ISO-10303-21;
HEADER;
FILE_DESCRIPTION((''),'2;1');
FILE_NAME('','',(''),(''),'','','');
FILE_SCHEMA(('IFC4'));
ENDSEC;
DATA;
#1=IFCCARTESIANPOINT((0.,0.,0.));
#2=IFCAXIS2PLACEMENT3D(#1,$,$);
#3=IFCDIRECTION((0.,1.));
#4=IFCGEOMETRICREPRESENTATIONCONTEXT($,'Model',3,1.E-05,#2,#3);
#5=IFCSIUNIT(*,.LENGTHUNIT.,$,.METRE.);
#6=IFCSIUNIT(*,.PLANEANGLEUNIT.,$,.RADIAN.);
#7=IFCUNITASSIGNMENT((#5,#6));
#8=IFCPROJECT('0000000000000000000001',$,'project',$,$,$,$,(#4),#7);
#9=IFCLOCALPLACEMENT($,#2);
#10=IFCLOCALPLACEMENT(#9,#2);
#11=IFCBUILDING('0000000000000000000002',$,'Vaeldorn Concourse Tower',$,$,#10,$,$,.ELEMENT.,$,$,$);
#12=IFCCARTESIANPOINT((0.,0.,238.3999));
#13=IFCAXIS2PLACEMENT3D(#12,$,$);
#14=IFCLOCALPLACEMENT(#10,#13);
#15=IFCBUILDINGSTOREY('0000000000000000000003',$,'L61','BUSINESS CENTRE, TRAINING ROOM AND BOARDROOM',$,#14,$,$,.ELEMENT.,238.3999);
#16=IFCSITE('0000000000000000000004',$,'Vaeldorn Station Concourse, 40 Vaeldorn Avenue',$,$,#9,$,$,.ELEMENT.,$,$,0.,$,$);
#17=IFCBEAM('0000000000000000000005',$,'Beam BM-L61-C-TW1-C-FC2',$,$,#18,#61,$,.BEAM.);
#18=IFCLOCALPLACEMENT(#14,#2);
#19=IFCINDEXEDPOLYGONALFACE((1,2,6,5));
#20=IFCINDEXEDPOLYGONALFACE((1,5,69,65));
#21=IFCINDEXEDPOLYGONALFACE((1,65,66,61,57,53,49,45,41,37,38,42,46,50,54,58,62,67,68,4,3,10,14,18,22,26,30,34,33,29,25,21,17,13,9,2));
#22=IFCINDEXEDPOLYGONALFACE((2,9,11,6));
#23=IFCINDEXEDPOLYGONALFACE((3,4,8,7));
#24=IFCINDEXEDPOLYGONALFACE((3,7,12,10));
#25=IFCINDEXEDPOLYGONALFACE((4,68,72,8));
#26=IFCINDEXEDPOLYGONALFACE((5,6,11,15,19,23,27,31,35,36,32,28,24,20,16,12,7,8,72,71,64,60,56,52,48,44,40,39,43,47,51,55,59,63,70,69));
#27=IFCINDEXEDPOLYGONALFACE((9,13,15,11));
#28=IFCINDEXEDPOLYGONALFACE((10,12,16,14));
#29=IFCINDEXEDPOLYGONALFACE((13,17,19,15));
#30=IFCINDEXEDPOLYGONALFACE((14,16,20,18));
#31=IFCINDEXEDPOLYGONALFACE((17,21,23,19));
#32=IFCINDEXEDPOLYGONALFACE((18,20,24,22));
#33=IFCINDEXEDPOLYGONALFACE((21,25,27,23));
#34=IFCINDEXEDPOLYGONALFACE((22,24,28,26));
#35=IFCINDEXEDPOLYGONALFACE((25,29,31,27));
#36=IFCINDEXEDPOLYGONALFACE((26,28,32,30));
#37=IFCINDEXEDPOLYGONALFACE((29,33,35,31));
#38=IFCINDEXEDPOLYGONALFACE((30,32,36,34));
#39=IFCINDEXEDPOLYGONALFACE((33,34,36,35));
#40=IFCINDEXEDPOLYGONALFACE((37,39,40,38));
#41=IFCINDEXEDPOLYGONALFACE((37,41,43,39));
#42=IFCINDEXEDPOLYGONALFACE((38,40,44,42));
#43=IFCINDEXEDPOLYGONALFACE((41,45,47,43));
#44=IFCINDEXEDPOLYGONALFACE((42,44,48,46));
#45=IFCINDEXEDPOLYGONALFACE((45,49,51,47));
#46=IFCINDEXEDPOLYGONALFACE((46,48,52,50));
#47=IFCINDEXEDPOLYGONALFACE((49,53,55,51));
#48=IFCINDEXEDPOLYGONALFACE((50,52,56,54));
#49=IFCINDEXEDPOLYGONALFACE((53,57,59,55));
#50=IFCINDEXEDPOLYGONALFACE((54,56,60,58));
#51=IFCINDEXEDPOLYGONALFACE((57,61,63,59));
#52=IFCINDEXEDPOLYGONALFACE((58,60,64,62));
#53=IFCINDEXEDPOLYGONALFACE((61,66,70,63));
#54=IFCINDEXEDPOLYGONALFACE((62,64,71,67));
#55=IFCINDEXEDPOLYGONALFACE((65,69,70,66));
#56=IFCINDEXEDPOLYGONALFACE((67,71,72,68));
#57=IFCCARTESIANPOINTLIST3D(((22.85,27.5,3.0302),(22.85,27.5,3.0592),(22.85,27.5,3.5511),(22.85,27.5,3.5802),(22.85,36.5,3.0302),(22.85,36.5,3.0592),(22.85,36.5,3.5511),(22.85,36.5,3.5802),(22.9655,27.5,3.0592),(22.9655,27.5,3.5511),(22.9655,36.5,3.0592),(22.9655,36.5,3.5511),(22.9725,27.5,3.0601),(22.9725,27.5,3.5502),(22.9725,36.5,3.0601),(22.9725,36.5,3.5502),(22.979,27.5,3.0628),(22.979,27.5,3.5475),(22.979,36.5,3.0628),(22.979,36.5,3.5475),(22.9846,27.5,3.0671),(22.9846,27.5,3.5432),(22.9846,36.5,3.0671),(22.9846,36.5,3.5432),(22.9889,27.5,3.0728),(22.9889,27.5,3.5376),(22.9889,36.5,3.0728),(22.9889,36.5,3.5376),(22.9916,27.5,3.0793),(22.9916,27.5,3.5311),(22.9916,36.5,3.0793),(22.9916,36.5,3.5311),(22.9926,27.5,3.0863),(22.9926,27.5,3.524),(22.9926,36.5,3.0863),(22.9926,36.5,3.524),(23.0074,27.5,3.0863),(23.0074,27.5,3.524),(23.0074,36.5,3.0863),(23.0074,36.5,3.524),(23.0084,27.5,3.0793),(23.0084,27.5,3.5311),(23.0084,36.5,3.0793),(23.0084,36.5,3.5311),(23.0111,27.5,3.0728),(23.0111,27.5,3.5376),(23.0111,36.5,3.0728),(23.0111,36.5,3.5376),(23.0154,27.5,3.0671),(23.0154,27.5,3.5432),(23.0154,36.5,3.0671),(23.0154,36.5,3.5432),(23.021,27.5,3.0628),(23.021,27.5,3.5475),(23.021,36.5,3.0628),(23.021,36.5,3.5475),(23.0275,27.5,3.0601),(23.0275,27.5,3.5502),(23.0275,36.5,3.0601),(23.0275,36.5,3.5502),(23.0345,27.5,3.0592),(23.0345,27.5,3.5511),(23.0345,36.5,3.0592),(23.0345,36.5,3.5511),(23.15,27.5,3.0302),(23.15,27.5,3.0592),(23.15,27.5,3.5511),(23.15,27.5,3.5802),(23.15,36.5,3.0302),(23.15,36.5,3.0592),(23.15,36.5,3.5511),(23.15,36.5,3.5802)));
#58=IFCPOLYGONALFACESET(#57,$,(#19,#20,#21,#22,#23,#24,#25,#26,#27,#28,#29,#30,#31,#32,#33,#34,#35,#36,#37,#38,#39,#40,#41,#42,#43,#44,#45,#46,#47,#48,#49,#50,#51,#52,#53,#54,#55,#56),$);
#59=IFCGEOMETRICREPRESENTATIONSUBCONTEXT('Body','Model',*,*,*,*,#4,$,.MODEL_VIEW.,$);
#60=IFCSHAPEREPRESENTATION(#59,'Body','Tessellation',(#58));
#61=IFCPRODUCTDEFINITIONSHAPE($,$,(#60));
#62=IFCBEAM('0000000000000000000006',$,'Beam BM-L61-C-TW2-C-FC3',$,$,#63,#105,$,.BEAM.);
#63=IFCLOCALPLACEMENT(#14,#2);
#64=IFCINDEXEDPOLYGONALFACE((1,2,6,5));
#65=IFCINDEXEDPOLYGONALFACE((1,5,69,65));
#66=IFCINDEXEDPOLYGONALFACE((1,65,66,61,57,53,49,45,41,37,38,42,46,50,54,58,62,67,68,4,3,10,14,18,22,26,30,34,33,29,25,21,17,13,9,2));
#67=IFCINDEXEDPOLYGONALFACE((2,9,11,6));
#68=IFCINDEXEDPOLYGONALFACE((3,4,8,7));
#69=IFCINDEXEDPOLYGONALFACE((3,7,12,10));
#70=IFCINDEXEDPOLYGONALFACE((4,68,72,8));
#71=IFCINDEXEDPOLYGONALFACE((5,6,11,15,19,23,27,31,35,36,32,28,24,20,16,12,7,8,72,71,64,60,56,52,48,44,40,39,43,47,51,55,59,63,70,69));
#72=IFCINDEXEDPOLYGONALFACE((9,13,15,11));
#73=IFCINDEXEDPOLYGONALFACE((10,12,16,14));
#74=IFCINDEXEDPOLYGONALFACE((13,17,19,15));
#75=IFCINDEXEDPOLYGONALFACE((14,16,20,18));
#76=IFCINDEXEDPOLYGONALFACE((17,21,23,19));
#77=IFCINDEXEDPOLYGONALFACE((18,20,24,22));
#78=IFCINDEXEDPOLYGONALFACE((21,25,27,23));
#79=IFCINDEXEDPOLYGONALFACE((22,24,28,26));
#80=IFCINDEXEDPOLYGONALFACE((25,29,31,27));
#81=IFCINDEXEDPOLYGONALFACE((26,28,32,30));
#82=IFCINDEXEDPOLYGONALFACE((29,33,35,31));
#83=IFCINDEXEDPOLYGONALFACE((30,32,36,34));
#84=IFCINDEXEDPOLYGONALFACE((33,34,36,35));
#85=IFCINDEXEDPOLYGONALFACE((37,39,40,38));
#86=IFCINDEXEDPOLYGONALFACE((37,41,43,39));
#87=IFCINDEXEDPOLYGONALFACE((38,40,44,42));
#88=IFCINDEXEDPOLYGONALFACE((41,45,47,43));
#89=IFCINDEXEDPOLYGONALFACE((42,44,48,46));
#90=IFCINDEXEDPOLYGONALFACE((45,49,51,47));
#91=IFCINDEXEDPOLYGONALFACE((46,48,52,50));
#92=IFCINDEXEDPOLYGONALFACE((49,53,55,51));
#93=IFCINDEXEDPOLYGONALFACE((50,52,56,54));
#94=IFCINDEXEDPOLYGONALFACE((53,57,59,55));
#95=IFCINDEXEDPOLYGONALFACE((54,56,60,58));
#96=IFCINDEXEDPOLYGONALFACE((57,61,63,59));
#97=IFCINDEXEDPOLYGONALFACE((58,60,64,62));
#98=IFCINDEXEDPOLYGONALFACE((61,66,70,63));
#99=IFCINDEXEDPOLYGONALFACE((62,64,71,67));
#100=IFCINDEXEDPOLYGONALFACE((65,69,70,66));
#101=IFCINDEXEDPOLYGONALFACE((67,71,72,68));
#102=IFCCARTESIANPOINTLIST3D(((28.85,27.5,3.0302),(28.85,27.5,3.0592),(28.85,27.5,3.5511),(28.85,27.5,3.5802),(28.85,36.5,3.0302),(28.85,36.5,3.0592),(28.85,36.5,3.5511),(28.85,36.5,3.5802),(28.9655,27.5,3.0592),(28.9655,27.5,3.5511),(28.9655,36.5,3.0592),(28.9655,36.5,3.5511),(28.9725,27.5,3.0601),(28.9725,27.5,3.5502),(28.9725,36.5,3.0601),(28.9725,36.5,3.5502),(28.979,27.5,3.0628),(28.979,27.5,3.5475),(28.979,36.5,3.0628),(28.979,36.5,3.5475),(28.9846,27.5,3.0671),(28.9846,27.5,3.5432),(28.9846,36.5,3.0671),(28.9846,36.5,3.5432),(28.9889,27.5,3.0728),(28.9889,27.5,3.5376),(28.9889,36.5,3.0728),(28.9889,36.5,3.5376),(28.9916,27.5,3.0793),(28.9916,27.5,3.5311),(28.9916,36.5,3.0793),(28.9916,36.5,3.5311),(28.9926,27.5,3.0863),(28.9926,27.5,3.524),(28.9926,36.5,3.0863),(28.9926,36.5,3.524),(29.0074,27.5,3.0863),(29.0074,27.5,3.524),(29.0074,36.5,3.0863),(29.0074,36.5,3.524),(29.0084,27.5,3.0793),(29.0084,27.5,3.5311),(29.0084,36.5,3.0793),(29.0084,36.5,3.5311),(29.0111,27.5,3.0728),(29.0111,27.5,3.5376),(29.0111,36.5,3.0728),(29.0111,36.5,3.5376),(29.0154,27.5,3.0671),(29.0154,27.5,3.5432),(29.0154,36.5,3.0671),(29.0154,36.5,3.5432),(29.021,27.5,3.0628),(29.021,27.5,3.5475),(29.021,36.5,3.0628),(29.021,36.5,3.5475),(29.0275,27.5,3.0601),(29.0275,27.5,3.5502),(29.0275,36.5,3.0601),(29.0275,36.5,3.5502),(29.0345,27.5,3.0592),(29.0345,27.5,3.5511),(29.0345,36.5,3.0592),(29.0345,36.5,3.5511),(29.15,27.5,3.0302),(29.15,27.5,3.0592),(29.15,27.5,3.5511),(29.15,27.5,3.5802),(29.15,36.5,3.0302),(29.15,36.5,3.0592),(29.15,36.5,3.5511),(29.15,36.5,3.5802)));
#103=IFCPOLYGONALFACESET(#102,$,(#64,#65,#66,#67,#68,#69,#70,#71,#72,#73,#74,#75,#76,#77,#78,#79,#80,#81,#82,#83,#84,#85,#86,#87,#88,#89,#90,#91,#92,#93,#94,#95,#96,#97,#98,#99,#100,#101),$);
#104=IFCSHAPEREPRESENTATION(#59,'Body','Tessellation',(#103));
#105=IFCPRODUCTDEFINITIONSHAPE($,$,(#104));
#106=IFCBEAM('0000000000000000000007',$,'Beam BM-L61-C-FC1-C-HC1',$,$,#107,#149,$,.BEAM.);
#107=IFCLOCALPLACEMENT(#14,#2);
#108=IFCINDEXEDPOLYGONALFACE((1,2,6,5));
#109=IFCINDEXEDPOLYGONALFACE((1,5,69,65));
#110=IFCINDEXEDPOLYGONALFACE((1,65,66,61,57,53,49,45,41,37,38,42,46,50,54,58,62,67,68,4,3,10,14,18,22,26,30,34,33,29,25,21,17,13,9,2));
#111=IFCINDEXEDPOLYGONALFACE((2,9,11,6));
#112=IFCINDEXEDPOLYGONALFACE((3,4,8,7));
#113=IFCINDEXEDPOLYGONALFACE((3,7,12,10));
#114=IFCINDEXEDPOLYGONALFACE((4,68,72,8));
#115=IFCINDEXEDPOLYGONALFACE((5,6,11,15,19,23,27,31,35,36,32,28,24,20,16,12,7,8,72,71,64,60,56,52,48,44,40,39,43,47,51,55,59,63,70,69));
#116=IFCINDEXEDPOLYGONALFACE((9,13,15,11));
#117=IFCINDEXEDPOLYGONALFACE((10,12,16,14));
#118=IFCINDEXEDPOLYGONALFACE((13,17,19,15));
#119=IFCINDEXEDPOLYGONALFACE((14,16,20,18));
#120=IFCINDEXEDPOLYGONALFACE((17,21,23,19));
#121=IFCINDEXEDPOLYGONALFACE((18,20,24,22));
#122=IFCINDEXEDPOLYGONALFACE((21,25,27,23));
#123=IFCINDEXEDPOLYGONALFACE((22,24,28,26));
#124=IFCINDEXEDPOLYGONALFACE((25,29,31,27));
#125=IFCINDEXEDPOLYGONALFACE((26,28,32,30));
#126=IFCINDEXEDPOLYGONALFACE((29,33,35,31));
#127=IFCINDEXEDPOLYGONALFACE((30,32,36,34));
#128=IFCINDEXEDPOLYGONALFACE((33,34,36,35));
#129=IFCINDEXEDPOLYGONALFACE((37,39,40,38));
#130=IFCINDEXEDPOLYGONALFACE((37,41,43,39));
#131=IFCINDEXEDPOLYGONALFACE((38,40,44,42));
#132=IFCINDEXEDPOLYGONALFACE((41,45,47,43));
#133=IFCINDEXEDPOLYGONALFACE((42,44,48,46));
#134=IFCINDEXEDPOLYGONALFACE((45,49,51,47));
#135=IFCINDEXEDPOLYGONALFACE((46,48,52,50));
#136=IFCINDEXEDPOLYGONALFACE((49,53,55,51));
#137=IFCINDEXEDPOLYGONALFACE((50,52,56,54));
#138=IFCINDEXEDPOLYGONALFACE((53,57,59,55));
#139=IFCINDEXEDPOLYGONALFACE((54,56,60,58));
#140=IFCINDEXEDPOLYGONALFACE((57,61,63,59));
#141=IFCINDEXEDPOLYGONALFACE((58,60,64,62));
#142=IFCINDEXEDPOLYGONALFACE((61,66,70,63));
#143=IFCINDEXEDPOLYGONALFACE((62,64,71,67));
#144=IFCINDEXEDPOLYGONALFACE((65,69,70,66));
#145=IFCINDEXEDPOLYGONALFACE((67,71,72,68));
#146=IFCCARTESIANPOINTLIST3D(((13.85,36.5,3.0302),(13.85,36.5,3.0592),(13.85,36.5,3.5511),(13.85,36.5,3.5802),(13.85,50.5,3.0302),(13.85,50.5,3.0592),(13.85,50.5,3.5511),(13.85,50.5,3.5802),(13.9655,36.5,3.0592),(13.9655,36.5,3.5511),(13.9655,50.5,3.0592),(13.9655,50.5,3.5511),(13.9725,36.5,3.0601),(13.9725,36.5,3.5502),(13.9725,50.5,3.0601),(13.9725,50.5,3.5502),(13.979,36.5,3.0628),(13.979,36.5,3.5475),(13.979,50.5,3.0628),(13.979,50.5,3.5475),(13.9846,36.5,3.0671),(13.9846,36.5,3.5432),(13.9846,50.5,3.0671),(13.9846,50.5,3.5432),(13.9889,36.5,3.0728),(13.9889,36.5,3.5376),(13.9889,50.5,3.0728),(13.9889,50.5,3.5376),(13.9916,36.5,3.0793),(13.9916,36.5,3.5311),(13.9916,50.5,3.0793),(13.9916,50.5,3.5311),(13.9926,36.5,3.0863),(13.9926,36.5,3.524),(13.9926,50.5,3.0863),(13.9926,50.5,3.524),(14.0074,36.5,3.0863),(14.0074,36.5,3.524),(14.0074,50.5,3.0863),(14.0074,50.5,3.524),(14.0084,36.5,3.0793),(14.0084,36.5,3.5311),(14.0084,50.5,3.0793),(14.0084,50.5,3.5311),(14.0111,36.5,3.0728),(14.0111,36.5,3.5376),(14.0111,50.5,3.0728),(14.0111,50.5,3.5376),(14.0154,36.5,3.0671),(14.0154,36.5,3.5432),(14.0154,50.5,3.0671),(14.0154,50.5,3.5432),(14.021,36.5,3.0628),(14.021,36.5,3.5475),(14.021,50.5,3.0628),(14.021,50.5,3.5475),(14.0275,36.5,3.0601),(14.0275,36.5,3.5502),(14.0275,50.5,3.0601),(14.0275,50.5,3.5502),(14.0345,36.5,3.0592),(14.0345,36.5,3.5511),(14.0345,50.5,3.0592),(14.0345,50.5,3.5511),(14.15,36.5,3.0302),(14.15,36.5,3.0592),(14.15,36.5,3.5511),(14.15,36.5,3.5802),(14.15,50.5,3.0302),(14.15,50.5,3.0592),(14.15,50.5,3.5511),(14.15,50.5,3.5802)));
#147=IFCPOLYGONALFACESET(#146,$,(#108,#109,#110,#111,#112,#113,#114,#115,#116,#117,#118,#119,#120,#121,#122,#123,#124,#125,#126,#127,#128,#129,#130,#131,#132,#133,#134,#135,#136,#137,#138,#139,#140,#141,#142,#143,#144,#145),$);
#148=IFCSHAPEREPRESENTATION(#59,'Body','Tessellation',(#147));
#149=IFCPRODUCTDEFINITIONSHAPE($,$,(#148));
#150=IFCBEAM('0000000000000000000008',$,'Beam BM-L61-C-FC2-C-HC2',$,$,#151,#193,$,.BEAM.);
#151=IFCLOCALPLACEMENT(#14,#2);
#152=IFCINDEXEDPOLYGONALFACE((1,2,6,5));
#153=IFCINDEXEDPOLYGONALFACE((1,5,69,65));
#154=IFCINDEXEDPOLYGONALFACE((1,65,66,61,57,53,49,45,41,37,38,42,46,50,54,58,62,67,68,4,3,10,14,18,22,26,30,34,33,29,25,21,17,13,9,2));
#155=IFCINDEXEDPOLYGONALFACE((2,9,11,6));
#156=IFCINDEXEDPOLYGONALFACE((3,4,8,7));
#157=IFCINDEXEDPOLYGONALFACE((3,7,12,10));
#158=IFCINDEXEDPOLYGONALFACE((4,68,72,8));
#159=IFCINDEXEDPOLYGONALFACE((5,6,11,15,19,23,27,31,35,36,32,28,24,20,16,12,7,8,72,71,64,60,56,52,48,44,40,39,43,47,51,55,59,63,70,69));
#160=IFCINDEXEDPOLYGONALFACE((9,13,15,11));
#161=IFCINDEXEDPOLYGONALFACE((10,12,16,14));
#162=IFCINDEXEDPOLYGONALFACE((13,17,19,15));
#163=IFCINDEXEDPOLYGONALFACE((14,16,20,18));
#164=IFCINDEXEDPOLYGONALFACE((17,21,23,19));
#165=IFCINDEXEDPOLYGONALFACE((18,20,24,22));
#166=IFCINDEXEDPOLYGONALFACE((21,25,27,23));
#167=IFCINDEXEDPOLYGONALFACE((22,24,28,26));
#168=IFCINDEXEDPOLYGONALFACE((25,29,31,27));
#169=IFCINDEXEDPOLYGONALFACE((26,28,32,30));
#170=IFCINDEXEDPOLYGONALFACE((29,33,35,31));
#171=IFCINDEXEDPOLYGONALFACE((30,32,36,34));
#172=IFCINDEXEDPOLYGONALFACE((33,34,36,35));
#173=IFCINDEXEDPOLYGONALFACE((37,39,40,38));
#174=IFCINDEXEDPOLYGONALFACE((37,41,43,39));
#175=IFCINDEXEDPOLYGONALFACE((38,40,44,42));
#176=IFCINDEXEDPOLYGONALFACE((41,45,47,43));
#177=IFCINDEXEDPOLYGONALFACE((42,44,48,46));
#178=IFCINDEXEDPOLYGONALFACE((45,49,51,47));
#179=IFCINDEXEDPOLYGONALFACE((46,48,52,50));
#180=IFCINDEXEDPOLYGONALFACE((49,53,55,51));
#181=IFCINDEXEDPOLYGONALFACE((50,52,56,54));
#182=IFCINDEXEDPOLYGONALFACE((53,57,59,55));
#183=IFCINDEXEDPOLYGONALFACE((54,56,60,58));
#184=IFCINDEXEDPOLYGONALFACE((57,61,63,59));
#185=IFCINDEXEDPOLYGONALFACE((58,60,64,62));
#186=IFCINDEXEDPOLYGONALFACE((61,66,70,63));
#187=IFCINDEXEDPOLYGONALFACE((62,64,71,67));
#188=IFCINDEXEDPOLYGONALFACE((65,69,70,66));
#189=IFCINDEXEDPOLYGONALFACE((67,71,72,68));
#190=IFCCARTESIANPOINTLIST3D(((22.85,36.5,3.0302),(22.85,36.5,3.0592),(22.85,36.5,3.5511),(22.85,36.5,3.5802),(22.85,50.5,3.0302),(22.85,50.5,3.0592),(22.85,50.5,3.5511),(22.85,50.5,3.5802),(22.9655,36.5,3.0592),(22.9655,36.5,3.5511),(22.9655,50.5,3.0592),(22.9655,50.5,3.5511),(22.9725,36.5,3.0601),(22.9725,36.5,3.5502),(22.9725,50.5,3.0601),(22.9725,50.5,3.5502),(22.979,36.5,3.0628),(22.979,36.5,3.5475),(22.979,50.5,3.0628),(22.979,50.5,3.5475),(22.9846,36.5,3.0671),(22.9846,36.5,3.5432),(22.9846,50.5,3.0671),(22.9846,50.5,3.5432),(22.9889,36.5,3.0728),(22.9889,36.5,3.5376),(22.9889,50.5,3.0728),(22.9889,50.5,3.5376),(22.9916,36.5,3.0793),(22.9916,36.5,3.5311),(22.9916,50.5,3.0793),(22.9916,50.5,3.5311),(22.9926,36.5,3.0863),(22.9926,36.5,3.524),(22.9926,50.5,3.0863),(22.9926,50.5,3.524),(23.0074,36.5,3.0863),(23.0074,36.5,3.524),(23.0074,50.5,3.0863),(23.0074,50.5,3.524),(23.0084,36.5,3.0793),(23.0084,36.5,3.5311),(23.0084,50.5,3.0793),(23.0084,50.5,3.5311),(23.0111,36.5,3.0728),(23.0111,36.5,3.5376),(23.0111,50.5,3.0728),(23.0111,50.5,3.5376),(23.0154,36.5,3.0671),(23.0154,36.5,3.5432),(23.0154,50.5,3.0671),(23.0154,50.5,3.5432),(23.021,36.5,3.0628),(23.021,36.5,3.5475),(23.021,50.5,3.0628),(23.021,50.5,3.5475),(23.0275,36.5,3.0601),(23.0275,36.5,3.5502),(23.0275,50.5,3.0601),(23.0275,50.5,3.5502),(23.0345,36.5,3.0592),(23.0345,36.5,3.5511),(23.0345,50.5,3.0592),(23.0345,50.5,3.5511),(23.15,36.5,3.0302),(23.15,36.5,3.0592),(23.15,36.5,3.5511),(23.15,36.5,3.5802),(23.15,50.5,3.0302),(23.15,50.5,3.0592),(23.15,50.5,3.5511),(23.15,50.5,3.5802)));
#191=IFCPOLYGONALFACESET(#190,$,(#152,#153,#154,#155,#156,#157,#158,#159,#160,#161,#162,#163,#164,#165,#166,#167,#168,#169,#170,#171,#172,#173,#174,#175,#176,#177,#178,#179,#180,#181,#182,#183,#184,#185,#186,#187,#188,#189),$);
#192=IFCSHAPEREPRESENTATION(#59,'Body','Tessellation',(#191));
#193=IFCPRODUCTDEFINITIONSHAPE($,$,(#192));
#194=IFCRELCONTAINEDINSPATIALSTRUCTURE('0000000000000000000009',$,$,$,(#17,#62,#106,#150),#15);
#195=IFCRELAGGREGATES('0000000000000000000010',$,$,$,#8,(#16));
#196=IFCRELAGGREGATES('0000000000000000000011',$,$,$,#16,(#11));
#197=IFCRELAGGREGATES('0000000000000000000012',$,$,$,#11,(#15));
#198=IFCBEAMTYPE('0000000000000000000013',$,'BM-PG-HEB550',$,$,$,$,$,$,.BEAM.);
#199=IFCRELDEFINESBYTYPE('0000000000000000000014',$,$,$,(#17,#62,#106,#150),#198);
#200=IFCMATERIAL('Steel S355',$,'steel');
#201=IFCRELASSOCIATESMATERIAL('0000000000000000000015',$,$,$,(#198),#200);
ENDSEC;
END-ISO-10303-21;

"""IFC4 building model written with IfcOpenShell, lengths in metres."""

from ifc_helpers import new_model, si_unit, direction, frame, origin, origin_2d, place, context, subcontext, project, spatial, i_section, extrude, source, transform, mapped, material, material_profile, profile_set, type_object, element, save


model = new_model("IFC4")

# Units and contexts
model_context = context("Model", 3, precision=1e-05, world=origin(), true_north=direction((0.0, 1.0)))
body_context = subcontext(model_context, "Body", "Model", "MODEL_VIEW")
ifc_project = project(units=[si_unit("LENGTHUNIT", "METRE"), si_unit("PLANEANGLEUNIT", "RADIAN")], contexts=[model_context])

# Site, building, storey
site_placement = place(None, origin())
site = spatial("IfcSite", under=ifc_project, at=site_placement, Name="Vaeldorn Station Concourse, 40 Vaeldorn Avenue", CompositionType="ELEMENT", RefElevation=0.0)
building_placement = place(site_placement, origin())
building = spatial("IfcBuilding", under=site, at=building_placement, Name="Vaeldorn Concourse Tower", CompositionType="ELEMENT")
storey_placement = place(building_placement, frame((0.0, 0.0, 238.3999)))
storey = spatial("IfcBuildingStorey", under=building, at=storey_placement, Name="L61", Description="BUSINESS CENTRE, TRAINING ROOM AND BOARDROOM", CompositionType="ELEMENT", Elevation=238.3999)

# Shared definitions
ifc_material_1 = material(Name="Steel S355", Category="steel")

# Beams
ifc_material_profile_1 = material_profile(ifc_material_1, i_section(OverallWidth=0.3, OverallDepth=0.55, WebThickness=0.0149, FlangeThickness=0.0291, FilletRadius=0.0271, at=origin_2d()), Name="HEB 550")
ifc_profile_set_1 = profile_set([ifc_material_profile_1], Name="Steel S355")
beam_type_1 = type_object("IfcBeamType", Name="BM-PG-HEB550", PredefinedType="BEAM", material=ifc_profile_set_1)
shared_shape_1 = source(origin(), body_context, "Body", "SweptSolid", [
    extrude(i_section(OverallWidth=0.3, OverallDepth=0.55, WebThickness=0.0149, FlangeThickness=0.0291, FilletRadius=0.0271, at=origin_2d()), origin(), (0.0, 0.0, 1.0), 9.0),
])
for number, where, z_axis, x_axis, name in (
    (1, (23.0, 27.5, 3.3052), (0.0, 1.0, 0.0), (-1.0, 0.0, 0.0), "Beam BM-L61-C-TW1-C-FC2"),
    (2, (29.0, 27.5, 3.3052), (0.0, 1.0, 0.0), (-1.0, 0.0, 0.0), "Beam BM-L61-C-TW2-C-FC3"),
):
    element("IfcBeam", number, at=place(storey_placement, frame(where, z_axis=z_axis, x_axis=x_axis)), inside=storey, type_object=beam_type_1, Name=name, PredefinedType="BEAM", context=body_context, shape_type="MappedRepresentation", body=[
        mapped(shared_shape_1, transform((0.0, 0.0, 0.0), scale=1.0)),
    ])
shared_shape_2 = source(origin(), body_context, "Body", "SweptSolid", [
    extrude(i_section(OverallWidth=0.3, OverallDepth=0.55, WebThickness=0.0149, FlangeThickness=0.0291, FilletRadius=0.0271, at=origin_2d()), origin(), (0.0, 0.0, 1.0), 14.0),
])
for number, where, z_axis, x_axis, name in (
    (3, (14.0, 36.5, 3.3052), (0.0, 1.0, 0.0), (-1.0, 0.0, 0.0), "Beam BM-L61-C-FC1-C-HC1"),
    (4, (23.0, 36.5, 3.3052), (0.0, 1.0, 0.0), (-1.0, 0.0, 0.0), "Beam BM-L61-C-FC2-C-HC2"),
):
    element("IfcBeam", number, at=place(storey_placement, frame(where, z_axis=z_axis, x_axis=x_axis)), inside=storey, type_object=beam_type_1, Name=name, PredefinedType="BEAM", context=body_context, shape_type="MappedRepresentation", body=[
        mapped(shared_shape_2, transform((0.0, 0.0, 0.0), scale=1.0)),
    ])

save(model, "model.ifc")
